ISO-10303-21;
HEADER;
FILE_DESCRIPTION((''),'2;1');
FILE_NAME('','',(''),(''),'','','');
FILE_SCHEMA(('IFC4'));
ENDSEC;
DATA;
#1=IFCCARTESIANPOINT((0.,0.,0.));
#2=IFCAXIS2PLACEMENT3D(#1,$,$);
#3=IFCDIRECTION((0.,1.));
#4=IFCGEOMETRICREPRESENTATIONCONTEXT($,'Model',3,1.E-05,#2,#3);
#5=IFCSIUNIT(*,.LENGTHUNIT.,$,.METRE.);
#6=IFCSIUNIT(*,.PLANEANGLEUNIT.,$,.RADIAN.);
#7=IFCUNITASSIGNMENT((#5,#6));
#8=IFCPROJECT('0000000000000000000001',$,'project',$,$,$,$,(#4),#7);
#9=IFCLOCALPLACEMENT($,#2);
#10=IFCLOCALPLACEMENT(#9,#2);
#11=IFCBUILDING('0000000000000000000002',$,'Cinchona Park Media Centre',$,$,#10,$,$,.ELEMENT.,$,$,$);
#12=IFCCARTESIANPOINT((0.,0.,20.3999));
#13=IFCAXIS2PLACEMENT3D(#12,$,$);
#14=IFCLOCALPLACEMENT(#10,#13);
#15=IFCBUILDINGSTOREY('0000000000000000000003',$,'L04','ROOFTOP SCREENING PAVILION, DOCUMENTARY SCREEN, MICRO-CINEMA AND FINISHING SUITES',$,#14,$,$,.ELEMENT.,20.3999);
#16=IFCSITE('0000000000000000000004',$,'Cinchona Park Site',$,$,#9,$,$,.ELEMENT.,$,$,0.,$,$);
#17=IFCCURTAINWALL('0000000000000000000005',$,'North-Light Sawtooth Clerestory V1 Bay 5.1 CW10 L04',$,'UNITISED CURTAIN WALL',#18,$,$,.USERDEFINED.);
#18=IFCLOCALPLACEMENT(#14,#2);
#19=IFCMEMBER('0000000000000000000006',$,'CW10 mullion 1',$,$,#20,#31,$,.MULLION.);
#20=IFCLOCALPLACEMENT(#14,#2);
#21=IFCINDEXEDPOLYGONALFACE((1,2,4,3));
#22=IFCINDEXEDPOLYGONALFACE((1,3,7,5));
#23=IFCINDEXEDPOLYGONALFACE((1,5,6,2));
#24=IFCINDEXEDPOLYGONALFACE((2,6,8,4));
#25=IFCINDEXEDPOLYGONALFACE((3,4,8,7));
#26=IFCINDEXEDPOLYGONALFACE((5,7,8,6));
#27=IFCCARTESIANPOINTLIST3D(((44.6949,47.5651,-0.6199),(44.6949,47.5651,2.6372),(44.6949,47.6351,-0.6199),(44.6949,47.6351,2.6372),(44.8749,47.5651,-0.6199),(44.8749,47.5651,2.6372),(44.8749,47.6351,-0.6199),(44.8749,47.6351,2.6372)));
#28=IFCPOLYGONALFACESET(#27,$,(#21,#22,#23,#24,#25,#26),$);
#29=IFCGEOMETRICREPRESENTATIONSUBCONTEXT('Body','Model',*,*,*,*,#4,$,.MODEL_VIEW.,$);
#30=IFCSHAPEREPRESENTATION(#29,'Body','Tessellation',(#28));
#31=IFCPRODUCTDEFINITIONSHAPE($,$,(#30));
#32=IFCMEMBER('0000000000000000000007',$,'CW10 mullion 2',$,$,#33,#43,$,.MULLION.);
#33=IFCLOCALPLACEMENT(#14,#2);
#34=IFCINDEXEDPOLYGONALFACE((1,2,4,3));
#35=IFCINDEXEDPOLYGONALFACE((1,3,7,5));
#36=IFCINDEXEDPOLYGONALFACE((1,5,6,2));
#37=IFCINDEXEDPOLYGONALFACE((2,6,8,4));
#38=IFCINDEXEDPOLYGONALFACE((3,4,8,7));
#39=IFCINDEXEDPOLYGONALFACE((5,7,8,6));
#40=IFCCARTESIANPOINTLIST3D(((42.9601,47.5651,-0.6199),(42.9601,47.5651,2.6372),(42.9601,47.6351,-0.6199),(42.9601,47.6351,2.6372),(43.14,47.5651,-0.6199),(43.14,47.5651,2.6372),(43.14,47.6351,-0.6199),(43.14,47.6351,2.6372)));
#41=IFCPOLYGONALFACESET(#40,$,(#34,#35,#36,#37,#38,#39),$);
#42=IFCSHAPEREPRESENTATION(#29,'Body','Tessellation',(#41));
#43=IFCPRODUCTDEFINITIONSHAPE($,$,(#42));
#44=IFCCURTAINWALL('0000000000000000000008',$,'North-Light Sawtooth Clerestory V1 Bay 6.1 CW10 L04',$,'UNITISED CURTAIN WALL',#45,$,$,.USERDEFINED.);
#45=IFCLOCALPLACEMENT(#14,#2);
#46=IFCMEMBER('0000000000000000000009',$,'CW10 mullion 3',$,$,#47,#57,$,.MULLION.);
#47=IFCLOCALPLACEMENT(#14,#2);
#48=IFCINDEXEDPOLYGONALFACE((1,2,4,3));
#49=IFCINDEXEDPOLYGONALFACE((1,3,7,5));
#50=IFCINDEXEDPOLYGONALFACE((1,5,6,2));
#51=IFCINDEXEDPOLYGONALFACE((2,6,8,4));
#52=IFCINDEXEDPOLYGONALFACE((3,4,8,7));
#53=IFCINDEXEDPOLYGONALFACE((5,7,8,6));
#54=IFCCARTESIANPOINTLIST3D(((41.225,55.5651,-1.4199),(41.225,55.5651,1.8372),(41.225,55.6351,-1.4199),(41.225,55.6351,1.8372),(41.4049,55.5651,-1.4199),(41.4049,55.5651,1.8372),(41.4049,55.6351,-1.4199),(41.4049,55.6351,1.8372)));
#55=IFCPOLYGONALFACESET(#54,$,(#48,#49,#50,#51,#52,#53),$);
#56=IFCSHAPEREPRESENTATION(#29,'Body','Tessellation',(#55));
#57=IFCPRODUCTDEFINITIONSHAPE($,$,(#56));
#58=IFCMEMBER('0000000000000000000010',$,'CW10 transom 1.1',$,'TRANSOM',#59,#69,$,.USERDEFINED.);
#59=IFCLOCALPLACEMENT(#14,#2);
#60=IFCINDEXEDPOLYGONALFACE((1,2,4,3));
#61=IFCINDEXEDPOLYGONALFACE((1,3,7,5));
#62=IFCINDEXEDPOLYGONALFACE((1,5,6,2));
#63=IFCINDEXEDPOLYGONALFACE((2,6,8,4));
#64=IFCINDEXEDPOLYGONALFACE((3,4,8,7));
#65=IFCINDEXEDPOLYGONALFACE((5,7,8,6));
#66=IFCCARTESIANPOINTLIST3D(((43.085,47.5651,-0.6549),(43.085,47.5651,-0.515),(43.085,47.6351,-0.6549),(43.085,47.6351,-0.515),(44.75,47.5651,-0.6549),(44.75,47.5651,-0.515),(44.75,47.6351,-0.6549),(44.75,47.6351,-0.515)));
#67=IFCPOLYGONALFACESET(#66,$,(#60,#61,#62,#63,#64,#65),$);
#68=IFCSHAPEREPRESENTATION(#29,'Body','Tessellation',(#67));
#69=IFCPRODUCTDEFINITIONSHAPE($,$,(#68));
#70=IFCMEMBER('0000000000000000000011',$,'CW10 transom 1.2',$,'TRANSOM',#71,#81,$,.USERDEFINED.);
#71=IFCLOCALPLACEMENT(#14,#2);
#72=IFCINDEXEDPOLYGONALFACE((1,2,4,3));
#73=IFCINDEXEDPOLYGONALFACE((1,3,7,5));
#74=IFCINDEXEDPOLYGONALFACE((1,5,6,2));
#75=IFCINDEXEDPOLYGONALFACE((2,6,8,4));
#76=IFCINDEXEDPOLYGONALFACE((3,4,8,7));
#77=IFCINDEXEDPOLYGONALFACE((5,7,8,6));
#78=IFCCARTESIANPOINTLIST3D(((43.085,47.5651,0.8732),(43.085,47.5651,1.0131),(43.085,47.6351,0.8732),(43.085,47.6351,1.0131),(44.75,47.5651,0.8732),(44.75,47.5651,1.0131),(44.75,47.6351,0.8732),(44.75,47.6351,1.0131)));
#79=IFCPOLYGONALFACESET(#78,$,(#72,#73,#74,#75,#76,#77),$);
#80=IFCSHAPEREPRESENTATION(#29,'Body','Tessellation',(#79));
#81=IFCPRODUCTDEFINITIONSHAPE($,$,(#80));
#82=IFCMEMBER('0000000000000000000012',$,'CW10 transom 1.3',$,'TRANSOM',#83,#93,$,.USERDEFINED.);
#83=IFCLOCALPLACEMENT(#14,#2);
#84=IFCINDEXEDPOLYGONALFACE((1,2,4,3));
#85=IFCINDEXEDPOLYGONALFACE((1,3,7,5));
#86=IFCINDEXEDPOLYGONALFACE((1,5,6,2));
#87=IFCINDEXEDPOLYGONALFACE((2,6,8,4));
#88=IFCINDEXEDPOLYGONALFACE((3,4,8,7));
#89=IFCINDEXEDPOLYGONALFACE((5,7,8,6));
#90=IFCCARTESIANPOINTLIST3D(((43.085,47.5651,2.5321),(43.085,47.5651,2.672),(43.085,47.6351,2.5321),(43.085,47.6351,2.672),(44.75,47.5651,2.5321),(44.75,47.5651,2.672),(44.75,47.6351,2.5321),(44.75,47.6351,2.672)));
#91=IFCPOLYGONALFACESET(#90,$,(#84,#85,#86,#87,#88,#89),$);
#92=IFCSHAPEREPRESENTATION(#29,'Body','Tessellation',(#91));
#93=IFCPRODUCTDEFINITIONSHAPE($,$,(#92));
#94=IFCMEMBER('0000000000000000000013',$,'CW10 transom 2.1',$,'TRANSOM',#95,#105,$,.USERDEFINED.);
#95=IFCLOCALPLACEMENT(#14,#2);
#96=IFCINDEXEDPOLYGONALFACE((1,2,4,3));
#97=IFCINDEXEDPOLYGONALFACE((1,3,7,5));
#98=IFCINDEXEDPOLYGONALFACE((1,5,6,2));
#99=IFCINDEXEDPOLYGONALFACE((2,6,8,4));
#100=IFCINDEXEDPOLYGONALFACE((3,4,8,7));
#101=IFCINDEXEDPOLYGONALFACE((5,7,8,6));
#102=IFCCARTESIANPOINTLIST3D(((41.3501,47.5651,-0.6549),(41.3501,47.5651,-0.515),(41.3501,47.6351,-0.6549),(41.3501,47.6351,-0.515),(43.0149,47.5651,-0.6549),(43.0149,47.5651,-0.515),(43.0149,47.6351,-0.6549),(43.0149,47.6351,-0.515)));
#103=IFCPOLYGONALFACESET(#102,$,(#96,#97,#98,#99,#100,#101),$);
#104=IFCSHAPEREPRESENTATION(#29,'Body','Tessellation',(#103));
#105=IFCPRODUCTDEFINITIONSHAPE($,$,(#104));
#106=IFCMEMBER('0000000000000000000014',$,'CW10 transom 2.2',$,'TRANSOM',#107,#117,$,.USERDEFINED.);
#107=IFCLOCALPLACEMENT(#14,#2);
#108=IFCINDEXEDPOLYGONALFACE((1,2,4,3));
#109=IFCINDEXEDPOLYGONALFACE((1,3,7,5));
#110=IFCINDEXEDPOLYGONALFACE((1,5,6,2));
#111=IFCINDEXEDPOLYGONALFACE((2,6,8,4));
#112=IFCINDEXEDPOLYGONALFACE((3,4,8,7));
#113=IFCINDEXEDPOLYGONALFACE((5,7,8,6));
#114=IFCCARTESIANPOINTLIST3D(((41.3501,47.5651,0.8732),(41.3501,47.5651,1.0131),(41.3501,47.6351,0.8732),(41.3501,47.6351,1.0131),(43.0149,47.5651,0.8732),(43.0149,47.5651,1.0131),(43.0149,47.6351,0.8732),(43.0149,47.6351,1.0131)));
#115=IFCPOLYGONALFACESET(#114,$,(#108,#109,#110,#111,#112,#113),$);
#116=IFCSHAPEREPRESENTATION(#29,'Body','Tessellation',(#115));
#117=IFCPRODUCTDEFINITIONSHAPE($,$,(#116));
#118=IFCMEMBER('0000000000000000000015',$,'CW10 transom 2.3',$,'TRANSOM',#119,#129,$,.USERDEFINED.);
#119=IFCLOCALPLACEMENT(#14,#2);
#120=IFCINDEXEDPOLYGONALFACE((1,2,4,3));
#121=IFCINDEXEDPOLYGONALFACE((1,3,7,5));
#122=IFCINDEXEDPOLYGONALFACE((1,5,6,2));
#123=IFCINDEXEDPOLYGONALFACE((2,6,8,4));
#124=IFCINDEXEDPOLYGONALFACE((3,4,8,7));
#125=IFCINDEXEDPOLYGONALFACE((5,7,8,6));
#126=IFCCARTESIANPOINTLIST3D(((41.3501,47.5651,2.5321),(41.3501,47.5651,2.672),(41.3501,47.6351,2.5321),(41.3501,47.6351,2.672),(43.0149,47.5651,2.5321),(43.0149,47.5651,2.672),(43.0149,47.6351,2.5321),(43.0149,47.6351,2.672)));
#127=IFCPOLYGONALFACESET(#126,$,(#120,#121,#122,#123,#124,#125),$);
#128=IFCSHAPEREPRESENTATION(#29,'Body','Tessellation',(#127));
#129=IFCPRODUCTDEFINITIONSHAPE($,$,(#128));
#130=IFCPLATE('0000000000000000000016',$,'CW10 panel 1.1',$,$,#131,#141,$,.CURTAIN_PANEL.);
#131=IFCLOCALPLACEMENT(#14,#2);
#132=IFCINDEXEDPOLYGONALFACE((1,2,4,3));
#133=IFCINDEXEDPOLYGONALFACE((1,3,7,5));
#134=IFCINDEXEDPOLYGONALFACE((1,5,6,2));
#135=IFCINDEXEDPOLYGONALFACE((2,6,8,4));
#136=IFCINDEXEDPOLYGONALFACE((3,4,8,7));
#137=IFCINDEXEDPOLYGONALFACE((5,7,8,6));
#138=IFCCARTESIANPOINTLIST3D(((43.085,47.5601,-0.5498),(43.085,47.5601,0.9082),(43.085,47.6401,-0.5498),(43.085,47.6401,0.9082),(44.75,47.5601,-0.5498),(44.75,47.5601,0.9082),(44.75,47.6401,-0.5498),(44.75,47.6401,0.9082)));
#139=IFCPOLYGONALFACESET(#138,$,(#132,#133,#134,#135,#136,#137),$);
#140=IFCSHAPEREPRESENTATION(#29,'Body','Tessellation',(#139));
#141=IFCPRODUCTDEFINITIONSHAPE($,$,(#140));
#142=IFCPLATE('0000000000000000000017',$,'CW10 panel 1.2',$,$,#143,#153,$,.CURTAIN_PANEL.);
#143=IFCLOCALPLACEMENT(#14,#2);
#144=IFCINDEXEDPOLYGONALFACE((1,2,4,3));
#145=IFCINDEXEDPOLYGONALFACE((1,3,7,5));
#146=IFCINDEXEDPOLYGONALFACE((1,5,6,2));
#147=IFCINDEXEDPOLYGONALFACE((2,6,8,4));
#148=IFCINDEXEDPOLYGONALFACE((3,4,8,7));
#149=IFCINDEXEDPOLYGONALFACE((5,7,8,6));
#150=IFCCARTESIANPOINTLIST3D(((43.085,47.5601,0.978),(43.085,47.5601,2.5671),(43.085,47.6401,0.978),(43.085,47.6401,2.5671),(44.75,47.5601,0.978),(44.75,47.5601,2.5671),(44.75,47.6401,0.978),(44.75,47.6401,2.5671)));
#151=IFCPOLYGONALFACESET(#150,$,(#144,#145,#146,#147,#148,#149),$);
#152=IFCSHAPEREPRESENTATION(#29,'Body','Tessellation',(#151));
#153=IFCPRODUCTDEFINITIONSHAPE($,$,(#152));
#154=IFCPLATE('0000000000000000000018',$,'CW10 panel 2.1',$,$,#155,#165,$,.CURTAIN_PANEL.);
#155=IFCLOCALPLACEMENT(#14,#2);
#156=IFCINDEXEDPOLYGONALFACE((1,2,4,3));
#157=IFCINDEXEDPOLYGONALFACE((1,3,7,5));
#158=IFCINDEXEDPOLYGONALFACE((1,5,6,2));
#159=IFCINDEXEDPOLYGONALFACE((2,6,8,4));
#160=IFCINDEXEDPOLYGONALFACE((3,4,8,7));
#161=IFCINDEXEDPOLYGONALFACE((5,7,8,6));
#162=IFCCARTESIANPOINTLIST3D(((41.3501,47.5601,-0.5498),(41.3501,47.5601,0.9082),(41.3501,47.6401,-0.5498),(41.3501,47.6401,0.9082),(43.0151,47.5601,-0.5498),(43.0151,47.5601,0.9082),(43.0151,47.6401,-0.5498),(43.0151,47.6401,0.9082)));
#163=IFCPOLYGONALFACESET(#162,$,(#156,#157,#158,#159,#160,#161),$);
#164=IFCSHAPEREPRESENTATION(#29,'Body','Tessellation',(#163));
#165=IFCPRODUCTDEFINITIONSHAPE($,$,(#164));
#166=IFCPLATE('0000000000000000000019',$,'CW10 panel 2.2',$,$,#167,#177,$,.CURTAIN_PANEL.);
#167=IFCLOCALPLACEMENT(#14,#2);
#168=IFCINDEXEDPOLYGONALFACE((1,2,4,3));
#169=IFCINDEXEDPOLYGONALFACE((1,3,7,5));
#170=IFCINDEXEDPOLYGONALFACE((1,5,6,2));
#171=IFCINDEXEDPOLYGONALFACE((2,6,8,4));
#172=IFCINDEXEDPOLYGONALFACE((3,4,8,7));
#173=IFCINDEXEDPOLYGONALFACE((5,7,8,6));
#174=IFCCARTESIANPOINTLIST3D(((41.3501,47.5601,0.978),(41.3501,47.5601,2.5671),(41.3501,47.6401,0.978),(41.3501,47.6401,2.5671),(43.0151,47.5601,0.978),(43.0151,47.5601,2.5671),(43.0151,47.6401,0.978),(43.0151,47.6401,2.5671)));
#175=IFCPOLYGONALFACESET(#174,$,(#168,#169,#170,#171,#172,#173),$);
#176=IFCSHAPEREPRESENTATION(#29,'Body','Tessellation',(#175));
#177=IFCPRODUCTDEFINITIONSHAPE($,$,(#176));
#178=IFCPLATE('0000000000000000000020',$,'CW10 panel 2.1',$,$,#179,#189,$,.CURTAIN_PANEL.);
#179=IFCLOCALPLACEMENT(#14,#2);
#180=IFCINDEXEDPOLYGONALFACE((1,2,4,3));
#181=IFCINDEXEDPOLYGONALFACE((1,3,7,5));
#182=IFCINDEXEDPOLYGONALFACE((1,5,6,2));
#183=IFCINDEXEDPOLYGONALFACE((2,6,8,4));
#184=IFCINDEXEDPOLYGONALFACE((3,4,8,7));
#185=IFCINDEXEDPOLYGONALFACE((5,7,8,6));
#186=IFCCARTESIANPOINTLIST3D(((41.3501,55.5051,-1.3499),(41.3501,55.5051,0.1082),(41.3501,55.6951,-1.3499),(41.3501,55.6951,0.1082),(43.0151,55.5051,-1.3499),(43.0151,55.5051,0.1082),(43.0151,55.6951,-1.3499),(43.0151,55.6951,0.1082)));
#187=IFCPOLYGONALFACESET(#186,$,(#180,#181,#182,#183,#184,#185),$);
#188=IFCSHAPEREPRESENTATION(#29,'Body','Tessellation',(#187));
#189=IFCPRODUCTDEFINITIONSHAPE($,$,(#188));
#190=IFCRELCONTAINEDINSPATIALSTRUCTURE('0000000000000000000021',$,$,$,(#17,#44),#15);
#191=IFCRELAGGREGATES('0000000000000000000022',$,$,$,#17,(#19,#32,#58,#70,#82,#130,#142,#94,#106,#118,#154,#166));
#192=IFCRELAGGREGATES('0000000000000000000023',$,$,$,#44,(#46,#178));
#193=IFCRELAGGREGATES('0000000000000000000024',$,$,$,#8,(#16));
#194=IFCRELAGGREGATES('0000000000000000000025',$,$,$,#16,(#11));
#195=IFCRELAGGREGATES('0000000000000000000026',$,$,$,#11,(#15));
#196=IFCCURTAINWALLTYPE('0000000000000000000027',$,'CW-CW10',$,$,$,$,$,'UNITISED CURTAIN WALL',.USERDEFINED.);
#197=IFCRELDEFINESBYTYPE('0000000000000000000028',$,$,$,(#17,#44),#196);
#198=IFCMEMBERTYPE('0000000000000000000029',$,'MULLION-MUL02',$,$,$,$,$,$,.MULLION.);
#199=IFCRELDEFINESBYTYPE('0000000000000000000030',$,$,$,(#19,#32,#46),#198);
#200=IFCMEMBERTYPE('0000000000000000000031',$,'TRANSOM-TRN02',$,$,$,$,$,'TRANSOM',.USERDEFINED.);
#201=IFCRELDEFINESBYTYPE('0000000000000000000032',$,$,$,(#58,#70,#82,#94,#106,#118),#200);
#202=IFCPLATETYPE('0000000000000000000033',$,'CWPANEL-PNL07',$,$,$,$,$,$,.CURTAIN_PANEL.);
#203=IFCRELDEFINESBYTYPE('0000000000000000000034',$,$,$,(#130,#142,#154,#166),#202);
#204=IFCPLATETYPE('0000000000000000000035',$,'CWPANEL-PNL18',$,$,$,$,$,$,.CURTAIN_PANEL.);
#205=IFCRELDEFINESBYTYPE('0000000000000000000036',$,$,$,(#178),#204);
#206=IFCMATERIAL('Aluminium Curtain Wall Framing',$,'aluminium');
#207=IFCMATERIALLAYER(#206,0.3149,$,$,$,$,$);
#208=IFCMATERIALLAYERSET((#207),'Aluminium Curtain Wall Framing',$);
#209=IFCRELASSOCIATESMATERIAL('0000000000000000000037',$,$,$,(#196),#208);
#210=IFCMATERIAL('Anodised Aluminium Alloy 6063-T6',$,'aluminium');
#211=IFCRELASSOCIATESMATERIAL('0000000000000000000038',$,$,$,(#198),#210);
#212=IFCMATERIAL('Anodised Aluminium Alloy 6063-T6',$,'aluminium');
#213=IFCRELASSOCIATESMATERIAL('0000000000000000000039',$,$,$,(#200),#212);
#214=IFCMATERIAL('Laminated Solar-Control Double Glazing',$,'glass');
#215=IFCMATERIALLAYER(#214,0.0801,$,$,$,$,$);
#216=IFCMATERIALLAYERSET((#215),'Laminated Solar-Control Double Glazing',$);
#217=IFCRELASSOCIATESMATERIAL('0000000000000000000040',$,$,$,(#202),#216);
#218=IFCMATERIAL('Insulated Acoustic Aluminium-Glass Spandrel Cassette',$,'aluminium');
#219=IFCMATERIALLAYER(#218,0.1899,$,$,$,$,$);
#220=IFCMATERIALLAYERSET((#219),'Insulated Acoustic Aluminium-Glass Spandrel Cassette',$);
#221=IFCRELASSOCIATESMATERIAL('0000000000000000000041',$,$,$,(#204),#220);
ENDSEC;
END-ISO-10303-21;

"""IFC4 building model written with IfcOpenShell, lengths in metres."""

from ifc_helpers import new_model, si_unit, direction, frame, origin, origin_2d, place, context, subcontext, project, spatial, rectangle, extrude, material, layer, layer_set, material_profile, profile_set, type_object, element, aggregate, save


model = new_model("IFC4")

# Units and contexts
model_context = context("Model", 3, precision=1e-05, world=origin(), true_north=direction((0.0, 1.0)))
body_context = subcontext(model_context, "Body", "Model", "MODEL_VIEW")
ifc_project = project(units=[si_unit("LENGTHUNIT", "METRE"), si_unit("PLANEANGLEUNIT", "RADIAN")], contexts=[model_context])

# Site, building, storey
site_placement = place(None, origin())
site = spatial("IfcSite", under=ifc_project, at=site_placement, Name="Cinchona Park Site", CompositionType="ELEMENT", RefElevation=0.0)
building_placement = place(site_placement, origin())
building = spatial("IfcBuilding", under=site, at=building_placement, Name="Cinchona Park Media Centre", CompositionType="ELEMENT")
storey_placement = place(building_placement, frame((0.0, 0.0, 20.3999)))
storey = spatial("IfcBuildingStorey", under=building, at=storey_placement, Name="L04", Description="ROOFTOP SCREENING PAVILION, DOCUMENTARY SCREEN, MICRO-CINEMA AND FINISHING SUITES", CompositionType="ELEMENT", Elevation=20.3999)

# Curtain wall, members
ifc_material_1 = material(Name="Aluminium Curtain Wall Framing", Category="aluminium")
ifc_layer_1 = layer(ifc_material_1, 0.3149)
ifc_layer_set_1 = layer_set([ifc_layer_1], Name="Aluminium Curtain Wall Framing")
curtain_wall_type = type_object("IfcCurtainWallType", Name="CW-CW10", ElementType="UNITISED CURTAIN WALL", PredefinedType="USERDEFINED", material=ifc_layer_set_1)
curtain_wall_1_placement = place(storey_placement, origin())
curtain_wall_1 = element("IfcCurtainWall", 1, at=curtain_wall_1_placement, inside=storey, type_object=curtain_wall_type, Name="North-Light Sawtooth Clerestory V1 Bay 5.1 CW10 L04", ObjectType="UNITISED CURTAIN WALL", PredefinedType="USERDEFINED")
ifc_material_2 = material(Name="Anodised Aluminium Alloy 6063-T6", Category="aluminium")
ifc_material_profile_1 = material_profile(ifc_material_2, rectangle(XDim=0.0701, YDim=0.1799, at=origin_2d()), Name="MUL-70X180")
ifc_profile_set_1 = profile_set([ifc_material_profile_1], Name="Anodised Aluminium Alloy 6063-T6")
member_type_1 = type_object("IfcMemberType", Name="MULLION-MUL02", PredefinedType="MULLION", material=ifc_profile_set_1)
member_1_placement = place(storey_placement, frame((44.7849, 47.6001, -0.6199), z_axis=(0.0, 0.0, 1.0), x_axis=(0.0, -1.0, 0.0)))
member_1 = element("IfcMember", 2, at=member_1_placement, type_object=member_type_1, Name="CW10 mullion 1", PredefinedType="MULLION", context=body_context, shape_type="SweptSolid", body=[
    extrude(rectangle(XDim=0.0701, YDim=0.1799, at=origin_2d()), origin(), (0.0, 0.0, 1.0), 3.2571),
])
member_2_placement = place(storey_placement, frame((43.05, 47.6001, -0.6199), z_axis=(0.0, 0.0, 1.0), x_axis=(0.0, -1.0, 0.0)))
member_2 = element("IfcMember", 3, at=member_2_placement, type_object=member_type_1, Name="CW10 mullion 2", PredefinedType="MULLION", context=body_context, shape_type="SweptSolid", body=[
    extrude(rectangle(XDim=0.0701, YDim=0.1799, at=origin_2d()), origin(), (0.0, 0.0, 1.0), 3.2571),
])

# Curtain wall, member
curtain_wall_2_placement = place(storey_placement, origin())
curtain_wall_2 = element("IfcCurtainWall", 4, at=curtain_wall_2_placement, inside=storey, type_object=curtain_wall_type, Name="North-Light Sawtooth Clerestory V1 Bay 6.1 CW10 L04", ObjectType="UNITISED CURTAIN WALL", PredefinedType="USERDEFINED")
member_3_placement = place(storey_placement, frame((41.3149, 55.6001, -1.4199), z_axis=(0.0, 0.0, 1.0), x_axis=(0.0, -1.0, 0.0)))
member_3 = element("IfcMember", 5, at=member_3_placement, type_object=member_type_1, Name="CW10 mullion 3", PredefinedType="MULLION", context=body_context, shape_type="SweptSolid", body=[
    extrude(rectangle(XDim=0.0701, YDim=0.1799, at=origin_2d()), origin(), (0.0, 0.0, 1.0), 3.2571),
])

# Members
ifc_material_3 = material(Name="Anodised Aluminium Alloy 6063-T6", Category="aluminium")
ifc_material_profile_2 = material_profile(ifc_material_3, rectangle(XDim=0.0701, YDim=0.1399, at=origin_2d()), Name="TRN-70X140")
ifc_profile_set_2 = profile_set([ifc_material_profile_2], Name="Anodised Aluminium Alloy 6063-T6")
member_type_2 = type_object("IfcMemberType", Name="TRANSOM-TRN02", ElementType="TRANSOM", PredefinedType="USERDEFINED", material=ifc_profile_set_2)
member_4_placement = place(storey_placement, frame((44.75, 47.6001, -0.585), z_axis=(-1.0, 0.0, 0.0), x_axis=(0.0, -1.0, 0.0)))
member_4 = element("IfcMember", 6, at=member_4_placement, type_object=member_type_2, Name="CW10 transom 1.1", ObjectType="TRANSOM", PredefinedType="USERDEFINED", context=body_context, shape_type="SweptSolid", body=[
    extrude(rectangle(XDim=0.0701, YDim=0.1399, at=origin_2d()), origin(), (0.0, 0.0, 1.0), 1.665),
])
member_5_placement = place(storey_placement, frame((44.75, 47.6001, 0.9431), z_axis=(-1.0, 0.0, 0.0), x_axis=(0.0, -1.0, 0.0)))
member_5 = element("IfcMember", 7, at=member_5_placement, type_object=member_type_2, Name="CW10 transom 1.2", ObjectType="TRANSOM", PredefinedType="USERDEFINED", context=body_context, shape_type="SweptSolid", body=[
    extrude(rectangle(XDim=0.0701, YDim=0.1399, at=origin_2d()), origin(), (0.0, 0.0, 1.0), 1.665),
])
member_6_placement = place(storey_placement, frame((44.75, 47.6001, 2.6021), z_axis=(-1.0, 0.0, 0.0), x_axis=(0.0, -1.0, 0.0)))
member_6 = element("IfcMember", 8, at=member_6_placement, type_object=member_type_2, Name="CW10 transom 1.3", ObjectType="TRANSOM", PredefinedType="USERDEFINED", context=body_context, shape_type="SweptSolid", body=[
    extrude(rectangle(XDim=0.0701, YDim=0.1399, at=origin_2d()), origin(), (0.0, 0.0, 1.0), 1.665),
])
member_7_placement = place(storey_placement, frame((43.0149, 47.6001, -0.585), z_axis=(-1.0, 0.0, 0.0), x_axis=(0.0, -1.0, 0.0)))
member_7 = element("IfcMember", 9, at=member_7_placement, type_object=member_type_2, Name="CW10 transom 2.1", ObjectType="TRANSOM", PredefinedType="USERDEFINED", context=body_context, shape_type="SweptSolid", body=[
    extrude(rectangle(XDim=0.0701, YDim=0.1399, at=origin_2d()), origin(), (0.0, 0.0, 1.0), 1.6648),
])
member_8_placement = place(storey_placement, frame((43.0149, 47.6001, 0.9431), z_axis=(-1.0, 0.0, 0.0), x_axis=(0.0, -1.0, 0.0)))
member_8 = element("IfcMember", 10, at=member_8_placement, type_object=member_type_2, Name="CW10 transom 2.2", ObjectType="TRANSOM", PredefinedType="USERDEFINED", context=body_context, shape_type="SweptSolid", body=[
    extrude(rectangle(XDim=0.0701, YDim=0.1399, at=origin_2d()), origin(), (0.0, 0.0, 1.0), 1.6648),
])
member_9_placement = place(storey_placement, frame((43.0149, 47.6001, 2.6021), z_axis=(-1.0, 0.0, 0.0), x_axis=(0.0, -1.0, 0.0)))
member_9 = element("IfcMember", 11, at=member_9_placement, type_object=member_type_2, Name="CW10 transom 2.3", ObjectType="TRANSOM", PredefinedType="USERDEFINED", context=body_context, shape_type="SweptSolid", body=[
    extrude(rectangle(XDim=0.0701, YDim=0.1399, at=origin_2d()), origin(), (0.0, 0.0, 1.0), 1.6648),
])

# Plates
ifc_material_4 = material(Name="Laminated Solar-Control Double Glazing", Category="glass")
ifc_layer_2 = layer(ifc_material_4, 0.0801)
ifc_layer_set_2 = layer_set([ifc_layer_2], Name="Laminated Solar-Control Double Glazing")
plate_type_1 = type_object("IfcPlateType", Name="CWPANEL-PNL07", PredefinedType="CURTAIN_PANEL", material=ifc_layer_set_2)
plate_1_placement = place(storey_placement, frame((43.9175, 47.6001, -0.5498), z_axis=(0.0, 0.0, 1.0), x_axis=(-1.0, 0.0, 0.0)))
plate_1 = element("IfcPlate", 12, at=plate_1_placement, type_object=plate_type_1, Name="CW10 panel 1.1", PredefinedType="CURTAIN_PANEL", context=body_context, shape_type="SweptSolid", body=[
    extrude(rectangle(XDim=1.665, YDim=0.0801, at=origin_2d()), origin(), (0.0, 0.0, 1.0), 1.458),
])
plate_2_placement = place(storey_placement, frame((43.9175, 47.6001, 0.978), z_axis=(0.0, 0.0, 1.0), x_axis=(-1.0, 0.0, 0.0)))
plate_2 = element("IfcPlate", 13, at=plate_2_placement, type_object=plate_type_1, Name="CW10 panel 1.2", PredefinedType="CURTAIN_PANEL", context=body_context, shape_type="SweptSolid", body=[
    extrude(rectangle(XDim=1.665, YDim=0.0801, at=origin_2d()), origin(), (0.0, 0.0, 1.0), 1.5891),
])
plate_3_placement = place(storey_placement, frame((42.1826, 47.6001, -0.5498), z_axis=(0.0, 0.0, 1.0), x_axis=(-1.0, 0.0, 0.0)))
plate_3 = element("IfcPlate", 14, at=plate_3_placement, type_object=plate_type_1, Name="CW10 panel 2.1", PredefinedType="CURTAIN_PANEL", context=body_context, shape_type="SweptSolid", body=[
    extrude(rectangle(XDim=1.665, YDim=0.0801, at=origin_2d()), origin(), (0.0, 0.0, 1.0), 1.458),
])
plate_4_placement = place(storey_placement, frame((42.1826, 47.6001, 0.978), z_axis=(0.0, 0.0, 1.0), x_axis=(-1.0, 0.0, 0.0)))
plate_4 = element("IfcPlate", 15, at=plate_4_placement, type_object=plate_type_1, Name="CW10 panel 2.2", PredefinedType="CURTAIN_PANEL", context=body_context, shape_type="SweptSolid", body=[
    extrude(rectangle(XDim=1.665, YDim=0.0801, at=origin_2d()), origin(), (0.0, 0.0, 1.0), 1.5891),
])
aggregate(curtain_wall_1, [member_1, member_2, member_4, member_5, member_6, plate_1, plate_2, member_7, member_8, member_9, plate_3, plate_4])
ifc_material_5 = material(Name="Insulated Acoustic Aluminium-Glass Spandrel Cassette", Category="aluminium")
ifc_layer_3 = layer(ifc_material_5, 0.1899)
ifc_layer_set_3 = layer_set([ifc_layer_3], Name="Insulated Acoustic Aluminium-Glass Spandrel Cassette")
plate_type_2 = type_object("IfcPlateType", Name="CWPANEL-PNL18", PredefinedType="CURTAIN_PANEL", material=ifc_layer_set_3)
plate_5_placement = place(storey_placement, frame((42.1826, 55.6001, -1.3499), z_axis=(0.0, 0.0, 1.0), x_axis=(-1.0, 0.0, 0.0)))
plate_5 = element("IfcPlate", 16, at=plate_5_placement, type_object=plate_type_2, Name="CW10 panel 2.1", PredefinedType="CURTAIN_PANEL", context=body_context, shape_type="SweptSolid", body=[
    extrude(rectangle(XDim=1.665, YDim=0.1899, at=origin_2d()), origin(), (0.0, 0.0, 1.0), 1.458),
])
aggregate(curtain_wall_2, [member_3, plate_5])

save(model, "model.ifc")
